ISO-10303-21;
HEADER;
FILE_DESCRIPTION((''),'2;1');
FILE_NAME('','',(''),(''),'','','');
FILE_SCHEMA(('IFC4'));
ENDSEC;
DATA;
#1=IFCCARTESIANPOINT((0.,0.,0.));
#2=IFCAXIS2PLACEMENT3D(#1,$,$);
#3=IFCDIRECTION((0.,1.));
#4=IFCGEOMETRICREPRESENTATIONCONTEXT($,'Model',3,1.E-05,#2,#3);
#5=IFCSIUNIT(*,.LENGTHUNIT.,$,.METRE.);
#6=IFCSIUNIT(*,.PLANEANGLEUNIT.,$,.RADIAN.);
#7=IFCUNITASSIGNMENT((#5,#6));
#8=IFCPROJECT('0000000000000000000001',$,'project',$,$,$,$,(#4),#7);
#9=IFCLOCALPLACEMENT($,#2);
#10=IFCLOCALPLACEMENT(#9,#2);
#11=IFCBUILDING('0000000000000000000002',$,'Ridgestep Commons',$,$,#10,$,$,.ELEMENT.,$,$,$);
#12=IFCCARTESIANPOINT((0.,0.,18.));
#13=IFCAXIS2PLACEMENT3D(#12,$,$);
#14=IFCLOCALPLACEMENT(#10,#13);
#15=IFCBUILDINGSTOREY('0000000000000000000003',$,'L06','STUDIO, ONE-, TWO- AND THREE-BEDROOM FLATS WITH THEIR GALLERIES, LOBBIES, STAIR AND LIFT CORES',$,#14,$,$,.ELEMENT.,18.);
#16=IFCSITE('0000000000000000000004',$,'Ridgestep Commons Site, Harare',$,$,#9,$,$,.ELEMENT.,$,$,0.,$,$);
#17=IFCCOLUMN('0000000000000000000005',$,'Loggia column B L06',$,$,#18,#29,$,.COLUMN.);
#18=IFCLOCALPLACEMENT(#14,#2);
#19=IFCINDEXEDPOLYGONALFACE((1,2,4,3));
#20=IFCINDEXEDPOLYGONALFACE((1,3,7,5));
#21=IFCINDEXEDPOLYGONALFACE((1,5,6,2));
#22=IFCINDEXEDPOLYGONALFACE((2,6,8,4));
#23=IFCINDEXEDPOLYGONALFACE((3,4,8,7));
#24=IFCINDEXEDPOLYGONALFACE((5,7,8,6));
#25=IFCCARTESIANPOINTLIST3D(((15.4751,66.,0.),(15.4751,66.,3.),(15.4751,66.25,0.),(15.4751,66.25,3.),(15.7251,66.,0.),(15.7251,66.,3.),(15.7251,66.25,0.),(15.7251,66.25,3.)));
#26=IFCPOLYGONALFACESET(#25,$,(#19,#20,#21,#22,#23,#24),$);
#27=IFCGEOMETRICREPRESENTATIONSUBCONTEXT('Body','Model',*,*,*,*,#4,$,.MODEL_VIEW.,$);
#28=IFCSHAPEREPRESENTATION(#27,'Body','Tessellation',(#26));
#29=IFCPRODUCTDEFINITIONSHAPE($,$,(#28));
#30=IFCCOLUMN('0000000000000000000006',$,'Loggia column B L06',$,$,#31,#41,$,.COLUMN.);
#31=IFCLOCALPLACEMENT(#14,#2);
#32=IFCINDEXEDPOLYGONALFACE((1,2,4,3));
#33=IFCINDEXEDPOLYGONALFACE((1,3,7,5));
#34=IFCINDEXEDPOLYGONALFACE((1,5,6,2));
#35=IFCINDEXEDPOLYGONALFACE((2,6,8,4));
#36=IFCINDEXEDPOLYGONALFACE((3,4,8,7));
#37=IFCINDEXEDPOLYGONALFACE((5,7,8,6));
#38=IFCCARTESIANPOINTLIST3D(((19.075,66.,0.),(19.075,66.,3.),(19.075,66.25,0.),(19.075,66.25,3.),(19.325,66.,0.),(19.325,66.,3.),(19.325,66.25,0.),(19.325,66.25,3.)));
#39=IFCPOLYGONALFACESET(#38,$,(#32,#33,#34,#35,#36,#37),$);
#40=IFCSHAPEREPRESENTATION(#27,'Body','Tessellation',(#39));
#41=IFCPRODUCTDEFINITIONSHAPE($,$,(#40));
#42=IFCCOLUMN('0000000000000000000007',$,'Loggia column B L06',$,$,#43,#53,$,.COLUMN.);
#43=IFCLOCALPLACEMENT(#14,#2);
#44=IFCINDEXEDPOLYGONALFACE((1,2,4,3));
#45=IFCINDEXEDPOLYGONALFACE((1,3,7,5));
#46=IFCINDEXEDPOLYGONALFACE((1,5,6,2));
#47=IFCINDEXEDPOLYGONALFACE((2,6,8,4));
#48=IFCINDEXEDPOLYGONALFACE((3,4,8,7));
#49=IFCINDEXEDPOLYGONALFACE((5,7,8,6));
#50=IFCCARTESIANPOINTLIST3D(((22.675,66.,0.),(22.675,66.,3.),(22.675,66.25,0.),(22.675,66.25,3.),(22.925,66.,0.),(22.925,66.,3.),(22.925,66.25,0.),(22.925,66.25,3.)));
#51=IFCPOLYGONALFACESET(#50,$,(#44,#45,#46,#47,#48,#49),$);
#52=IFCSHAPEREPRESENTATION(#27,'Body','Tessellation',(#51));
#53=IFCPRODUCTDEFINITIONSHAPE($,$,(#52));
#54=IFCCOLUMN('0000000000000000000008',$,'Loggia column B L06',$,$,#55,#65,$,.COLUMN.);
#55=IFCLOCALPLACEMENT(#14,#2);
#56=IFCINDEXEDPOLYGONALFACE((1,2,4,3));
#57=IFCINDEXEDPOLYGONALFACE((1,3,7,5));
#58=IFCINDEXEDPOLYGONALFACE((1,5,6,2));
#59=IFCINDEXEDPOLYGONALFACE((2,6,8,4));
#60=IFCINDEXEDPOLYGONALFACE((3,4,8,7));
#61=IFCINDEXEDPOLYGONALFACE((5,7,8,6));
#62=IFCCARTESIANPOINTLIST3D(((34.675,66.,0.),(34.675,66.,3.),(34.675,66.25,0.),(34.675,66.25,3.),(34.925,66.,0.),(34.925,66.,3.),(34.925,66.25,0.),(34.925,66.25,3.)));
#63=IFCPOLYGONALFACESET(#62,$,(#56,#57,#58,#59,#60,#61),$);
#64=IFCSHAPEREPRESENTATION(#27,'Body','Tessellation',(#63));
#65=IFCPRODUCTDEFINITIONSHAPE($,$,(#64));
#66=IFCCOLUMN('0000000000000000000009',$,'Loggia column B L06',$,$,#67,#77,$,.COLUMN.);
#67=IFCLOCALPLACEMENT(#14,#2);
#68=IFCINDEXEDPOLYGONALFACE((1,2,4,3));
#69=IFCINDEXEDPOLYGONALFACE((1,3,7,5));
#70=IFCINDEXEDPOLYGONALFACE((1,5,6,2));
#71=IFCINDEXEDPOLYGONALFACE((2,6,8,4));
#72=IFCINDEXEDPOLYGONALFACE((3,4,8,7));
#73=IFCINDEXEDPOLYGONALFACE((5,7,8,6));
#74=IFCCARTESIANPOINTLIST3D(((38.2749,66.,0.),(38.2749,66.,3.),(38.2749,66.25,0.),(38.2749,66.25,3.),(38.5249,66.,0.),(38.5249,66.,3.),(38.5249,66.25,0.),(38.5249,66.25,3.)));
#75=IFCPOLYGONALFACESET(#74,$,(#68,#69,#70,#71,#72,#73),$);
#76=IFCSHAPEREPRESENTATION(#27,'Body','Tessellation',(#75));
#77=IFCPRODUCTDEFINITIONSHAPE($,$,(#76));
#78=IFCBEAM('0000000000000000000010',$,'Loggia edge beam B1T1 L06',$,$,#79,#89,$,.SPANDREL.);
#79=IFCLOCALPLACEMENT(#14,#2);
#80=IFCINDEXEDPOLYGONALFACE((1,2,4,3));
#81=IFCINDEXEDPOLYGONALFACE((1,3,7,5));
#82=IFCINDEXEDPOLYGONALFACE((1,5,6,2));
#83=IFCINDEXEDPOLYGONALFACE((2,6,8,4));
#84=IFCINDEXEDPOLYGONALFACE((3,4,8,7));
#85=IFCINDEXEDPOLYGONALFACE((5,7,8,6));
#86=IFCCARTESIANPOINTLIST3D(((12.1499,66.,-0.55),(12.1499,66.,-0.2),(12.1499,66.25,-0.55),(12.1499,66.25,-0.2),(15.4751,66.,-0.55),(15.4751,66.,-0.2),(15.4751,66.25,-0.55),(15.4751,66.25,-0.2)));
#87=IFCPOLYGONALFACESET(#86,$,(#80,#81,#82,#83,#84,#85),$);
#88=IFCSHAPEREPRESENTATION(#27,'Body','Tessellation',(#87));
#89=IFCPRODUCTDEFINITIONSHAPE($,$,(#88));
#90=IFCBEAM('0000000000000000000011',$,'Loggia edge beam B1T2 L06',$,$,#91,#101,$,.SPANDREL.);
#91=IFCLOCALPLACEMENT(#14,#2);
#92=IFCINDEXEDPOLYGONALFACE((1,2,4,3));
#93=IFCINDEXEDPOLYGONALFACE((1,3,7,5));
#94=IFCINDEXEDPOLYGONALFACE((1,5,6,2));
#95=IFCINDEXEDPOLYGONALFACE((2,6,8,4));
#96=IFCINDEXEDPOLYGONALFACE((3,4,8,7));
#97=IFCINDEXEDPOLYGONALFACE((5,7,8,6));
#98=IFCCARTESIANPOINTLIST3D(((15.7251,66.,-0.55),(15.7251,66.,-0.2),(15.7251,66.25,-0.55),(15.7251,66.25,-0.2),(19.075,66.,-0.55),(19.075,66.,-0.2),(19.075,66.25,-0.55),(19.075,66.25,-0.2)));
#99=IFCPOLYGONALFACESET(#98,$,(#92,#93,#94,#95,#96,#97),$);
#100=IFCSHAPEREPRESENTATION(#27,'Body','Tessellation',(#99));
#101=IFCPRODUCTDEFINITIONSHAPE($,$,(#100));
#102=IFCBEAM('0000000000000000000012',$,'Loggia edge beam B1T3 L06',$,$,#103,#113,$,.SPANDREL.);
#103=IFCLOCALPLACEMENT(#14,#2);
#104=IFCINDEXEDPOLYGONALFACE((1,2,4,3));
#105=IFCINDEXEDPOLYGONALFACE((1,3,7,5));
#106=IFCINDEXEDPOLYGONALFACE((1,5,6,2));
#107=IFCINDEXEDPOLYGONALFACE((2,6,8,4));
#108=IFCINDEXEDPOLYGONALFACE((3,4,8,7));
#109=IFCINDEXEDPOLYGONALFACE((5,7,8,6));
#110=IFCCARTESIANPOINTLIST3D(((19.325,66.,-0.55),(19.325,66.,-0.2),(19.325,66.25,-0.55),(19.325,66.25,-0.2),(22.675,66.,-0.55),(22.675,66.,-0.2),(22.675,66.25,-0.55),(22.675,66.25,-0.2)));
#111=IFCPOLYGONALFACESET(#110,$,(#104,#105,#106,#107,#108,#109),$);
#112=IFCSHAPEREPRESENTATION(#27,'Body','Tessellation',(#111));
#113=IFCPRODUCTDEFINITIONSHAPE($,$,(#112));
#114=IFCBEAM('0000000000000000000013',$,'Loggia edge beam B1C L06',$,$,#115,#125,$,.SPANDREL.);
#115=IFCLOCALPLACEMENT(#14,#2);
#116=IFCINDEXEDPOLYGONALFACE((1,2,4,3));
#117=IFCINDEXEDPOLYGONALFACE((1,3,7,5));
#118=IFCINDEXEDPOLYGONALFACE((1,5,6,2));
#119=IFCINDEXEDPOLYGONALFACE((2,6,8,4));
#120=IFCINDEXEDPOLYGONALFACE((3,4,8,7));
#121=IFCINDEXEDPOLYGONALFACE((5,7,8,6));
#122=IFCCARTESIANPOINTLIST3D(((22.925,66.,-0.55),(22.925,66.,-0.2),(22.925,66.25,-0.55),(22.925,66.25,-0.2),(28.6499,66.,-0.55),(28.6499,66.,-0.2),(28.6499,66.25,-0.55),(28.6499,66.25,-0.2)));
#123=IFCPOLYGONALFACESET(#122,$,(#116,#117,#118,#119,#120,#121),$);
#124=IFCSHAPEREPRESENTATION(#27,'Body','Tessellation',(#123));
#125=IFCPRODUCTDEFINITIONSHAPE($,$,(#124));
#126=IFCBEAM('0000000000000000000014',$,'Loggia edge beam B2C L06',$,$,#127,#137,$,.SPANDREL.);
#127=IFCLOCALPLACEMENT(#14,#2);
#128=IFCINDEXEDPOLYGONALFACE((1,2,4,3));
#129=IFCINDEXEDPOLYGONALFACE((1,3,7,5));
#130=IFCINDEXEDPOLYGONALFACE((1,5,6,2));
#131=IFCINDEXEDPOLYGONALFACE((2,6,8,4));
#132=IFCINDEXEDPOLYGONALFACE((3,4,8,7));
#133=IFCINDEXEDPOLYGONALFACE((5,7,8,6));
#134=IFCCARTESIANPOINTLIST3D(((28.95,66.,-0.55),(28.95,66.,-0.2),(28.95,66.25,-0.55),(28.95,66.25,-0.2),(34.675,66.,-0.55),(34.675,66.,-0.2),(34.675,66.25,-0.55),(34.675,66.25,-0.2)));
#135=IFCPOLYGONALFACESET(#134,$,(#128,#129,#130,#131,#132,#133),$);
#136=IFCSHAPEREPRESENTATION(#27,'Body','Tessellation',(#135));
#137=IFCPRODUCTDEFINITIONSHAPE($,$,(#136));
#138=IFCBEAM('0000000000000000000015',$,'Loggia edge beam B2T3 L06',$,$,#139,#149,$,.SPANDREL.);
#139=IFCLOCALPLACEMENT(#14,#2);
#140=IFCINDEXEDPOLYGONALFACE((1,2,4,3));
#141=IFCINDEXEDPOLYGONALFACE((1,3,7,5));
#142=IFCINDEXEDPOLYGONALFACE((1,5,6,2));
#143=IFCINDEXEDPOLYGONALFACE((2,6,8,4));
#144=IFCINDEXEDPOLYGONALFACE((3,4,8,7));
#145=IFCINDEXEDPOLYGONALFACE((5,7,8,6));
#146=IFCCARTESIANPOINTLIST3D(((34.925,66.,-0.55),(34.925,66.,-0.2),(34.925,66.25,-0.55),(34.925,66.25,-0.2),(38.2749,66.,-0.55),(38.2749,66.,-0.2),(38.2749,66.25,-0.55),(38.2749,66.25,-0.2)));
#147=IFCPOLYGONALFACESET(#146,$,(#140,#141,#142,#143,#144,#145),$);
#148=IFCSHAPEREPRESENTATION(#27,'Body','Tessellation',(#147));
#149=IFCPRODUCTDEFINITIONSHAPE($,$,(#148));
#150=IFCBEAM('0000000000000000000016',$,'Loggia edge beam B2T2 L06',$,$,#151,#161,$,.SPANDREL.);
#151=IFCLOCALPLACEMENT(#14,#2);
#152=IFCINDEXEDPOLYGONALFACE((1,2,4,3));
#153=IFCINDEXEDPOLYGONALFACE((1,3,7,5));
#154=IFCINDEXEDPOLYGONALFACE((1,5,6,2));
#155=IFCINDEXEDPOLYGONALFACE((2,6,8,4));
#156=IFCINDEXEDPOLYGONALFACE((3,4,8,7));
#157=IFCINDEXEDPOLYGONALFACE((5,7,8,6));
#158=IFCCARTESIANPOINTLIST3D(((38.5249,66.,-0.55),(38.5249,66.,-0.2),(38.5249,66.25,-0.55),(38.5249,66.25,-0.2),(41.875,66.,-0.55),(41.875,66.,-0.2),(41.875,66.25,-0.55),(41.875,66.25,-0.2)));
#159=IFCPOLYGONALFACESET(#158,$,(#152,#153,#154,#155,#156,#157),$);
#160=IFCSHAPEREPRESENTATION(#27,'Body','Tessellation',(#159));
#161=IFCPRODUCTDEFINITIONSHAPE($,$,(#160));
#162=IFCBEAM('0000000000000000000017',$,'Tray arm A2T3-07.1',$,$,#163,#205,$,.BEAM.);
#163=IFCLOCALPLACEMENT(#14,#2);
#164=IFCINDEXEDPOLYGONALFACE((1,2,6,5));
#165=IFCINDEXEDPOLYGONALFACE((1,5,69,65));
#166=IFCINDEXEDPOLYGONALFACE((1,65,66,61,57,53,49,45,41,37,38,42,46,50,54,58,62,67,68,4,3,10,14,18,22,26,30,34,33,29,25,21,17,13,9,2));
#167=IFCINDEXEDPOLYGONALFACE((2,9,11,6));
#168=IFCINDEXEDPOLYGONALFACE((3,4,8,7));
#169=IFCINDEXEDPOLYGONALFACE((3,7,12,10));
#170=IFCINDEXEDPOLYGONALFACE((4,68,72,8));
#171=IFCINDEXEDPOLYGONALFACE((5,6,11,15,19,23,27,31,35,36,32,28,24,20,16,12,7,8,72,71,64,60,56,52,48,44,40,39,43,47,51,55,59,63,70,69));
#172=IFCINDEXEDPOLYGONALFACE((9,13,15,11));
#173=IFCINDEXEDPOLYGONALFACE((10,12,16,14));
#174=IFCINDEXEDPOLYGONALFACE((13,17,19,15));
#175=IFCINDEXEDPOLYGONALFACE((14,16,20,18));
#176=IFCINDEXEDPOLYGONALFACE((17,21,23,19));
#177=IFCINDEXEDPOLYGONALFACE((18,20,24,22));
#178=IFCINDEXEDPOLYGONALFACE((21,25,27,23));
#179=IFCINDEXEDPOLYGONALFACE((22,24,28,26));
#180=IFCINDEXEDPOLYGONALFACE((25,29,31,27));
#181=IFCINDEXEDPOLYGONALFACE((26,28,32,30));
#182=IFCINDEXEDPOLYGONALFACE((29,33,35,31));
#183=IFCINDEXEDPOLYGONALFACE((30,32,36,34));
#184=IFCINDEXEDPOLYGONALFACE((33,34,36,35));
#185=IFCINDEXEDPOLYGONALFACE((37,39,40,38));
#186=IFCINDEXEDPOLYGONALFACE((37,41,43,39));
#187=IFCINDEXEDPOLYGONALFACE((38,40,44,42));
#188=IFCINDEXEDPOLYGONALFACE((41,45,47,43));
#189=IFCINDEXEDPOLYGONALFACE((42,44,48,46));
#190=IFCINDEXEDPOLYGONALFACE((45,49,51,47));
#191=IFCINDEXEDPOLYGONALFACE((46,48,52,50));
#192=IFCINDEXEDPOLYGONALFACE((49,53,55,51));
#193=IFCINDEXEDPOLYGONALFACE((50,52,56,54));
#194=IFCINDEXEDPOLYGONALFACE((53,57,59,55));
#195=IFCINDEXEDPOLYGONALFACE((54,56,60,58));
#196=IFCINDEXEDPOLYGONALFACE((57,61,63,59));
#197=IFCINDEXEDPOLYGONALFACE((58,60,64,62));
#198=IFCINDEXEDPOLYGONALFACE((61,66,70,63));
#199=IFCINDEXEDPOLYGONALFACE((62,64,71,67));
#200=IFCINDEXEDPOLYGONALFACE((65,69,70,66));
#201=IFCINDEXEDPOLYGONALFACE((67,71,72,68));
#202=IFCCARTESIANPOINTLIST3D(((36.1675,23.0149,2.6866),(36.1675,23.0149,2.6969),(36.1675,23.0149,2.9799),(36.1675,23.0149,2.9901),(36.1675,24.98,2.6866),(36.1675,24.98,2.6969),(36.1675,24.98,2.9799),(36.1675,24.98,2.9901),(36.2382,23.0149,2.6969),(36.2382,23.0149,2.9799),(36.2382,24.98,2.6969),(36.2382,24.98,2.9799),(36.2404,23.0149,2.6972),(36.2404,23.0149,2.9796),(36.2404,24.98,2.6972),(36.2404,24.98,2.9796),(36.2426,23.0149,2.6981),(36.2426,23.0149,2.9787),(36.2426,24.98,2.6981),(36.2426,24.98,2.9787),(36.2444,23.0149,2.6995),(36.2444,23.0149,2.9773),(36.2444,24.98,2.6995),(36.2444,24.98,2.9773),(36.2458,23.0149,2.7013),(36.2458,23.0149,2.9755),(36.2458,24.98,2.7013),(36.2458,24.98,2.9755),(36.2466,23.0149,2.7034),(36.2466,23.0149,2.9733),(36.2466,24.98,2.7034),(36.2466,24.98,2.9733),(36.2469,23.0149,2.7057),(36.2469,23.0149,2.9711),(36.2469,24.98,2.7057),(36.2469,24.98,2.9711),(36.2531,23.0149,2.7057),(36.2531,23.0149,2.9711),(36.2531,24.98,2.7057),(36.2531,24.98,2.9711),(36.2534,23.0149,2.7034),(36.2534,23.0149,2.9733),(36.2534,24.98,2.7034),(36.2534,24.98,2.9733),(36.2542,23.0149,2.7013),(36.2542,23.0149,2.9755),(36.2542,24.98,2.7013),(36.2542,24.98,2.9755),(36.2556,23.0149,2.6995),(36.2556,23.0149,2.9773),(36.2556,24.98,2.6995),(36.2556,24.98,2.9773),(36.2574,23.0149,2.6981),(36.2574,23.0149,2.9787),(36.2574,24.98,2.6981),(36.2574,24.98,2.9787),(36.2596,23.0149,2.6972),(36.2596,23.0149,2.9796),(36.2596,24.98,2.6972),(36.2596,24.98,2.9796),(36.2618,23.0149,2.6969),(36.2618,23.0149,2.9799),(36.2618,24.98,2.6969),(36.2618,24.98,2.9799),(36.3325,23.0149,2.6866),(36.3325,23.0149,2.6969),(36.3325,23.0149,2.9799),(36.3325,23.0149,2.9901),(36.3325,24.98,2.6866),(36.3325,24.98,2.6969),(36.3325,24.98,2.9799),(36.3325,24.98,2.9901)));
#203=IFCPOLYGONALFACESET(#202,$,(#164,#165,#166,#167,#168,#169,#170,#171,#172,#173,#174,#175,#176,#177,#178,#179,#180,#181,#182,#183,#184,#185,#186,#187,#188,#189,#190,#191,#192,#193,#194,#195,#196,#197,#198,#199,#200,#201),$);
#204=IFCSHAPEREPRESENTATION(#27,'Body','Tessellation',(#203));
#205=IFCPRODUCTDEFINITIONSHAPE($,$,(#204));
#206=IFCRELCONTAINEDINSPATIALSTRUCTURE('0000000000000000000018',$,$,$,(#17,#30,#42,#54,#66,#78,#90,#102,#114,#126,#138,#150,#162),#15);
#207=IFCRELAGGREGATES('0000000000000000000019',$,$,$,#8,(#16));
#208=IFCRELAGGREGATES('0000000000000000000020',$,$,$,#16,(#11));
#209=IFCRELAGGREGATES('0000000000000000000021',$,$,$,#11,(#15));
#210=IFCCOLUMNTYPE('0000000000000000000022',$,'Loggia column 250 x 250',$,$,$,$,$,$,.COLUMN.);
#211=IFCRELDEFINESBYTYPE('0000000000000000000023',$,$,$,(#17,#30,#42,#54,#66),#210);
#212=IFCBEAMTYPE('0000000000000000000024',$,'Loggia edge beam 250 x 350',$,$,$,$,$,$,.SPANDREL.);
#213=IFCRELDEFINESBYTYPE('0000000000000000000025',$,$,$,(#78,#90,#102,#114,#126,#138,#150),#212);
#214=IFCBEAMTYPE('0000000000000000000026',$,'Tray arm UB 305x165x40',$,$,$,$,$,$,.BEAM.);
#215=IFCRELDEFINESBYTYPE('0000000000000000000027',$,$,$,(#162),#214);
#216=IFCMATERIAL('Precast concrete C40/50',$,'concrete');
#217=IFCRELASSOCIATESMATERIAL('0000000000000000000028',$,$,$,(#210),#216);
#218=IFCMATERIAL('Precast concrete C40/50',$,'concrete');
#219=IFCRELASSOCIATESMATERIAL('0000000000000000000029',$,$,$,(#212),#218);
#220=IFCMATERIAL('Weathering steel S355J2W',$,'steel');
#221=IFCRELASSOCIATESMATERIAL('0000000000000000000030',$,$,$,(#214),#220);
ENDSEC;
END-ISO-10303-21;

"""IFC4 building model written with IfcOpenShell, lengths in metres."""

from ifc_helpers import new_model, si_unit, direction, frame, origin, origin_2d, place, context, subcontext, project, spatial, rectangle, i_section, extrude, material, material_profile, profile_set, type_object, element, save


model = new_model("IFC4")

# Units and contexts
model_context = context("Model", 3, precision=1e-05, world=origin(), true_north=direction((0.0, 1.0)))
body_context = subcontext(model_context, "Body", "Model", "MODEL_VIEW")
ifc_project = project(units=[si_unit("LENGTHUNIT", "METRE"), si_unit("PLANEANGLEUNIT", "RADIAN")], contexts=[model_context])

# Site, building, storey
site_placement = place(None, origin())
site = spatial("IfcSite", under=ifc_project, at=site_placement, Name="Ridgestep Commons Site, Harare", CompositionType="ELEMENT", RefElevation=0.0)
building_placement = place(site_placement, origin())
building = spatial("IfcBuilding", under=site, at=building_placement, Name="Ridgestep Commons", CompositionType="ELEMENT")
storey_placement = place(building_placement, frame((0.0, 0.0, 18.0)))
storey = spatial("IfcBuildingStorey", under=building, at=storey_placement, Name="L06", Description="STUDIO, ONE-, TWO- AND THREE-BEDROOM FLATS WITH THEIR GALLERIES, LOBBIES, STAIR AND LIFT CORES", CompositionType="ELEMENT", Elevation=18.0)

# Columns
ifc_material_1 = material(Name="Precast concrete C40/50", Category="concrete")
ifc_material_profile_1 = material_profile(ifc_material_1, rectangle(XDim=0.25, YDim=0.25, at=origin_2d()), Name="PC 250x250")
ifc_profile_set_1 = profile_set([ifc_material_profile_1], Name="Precast concrete C40/50")
column_type = type_object("IfcColumnType", Name="Loggia column 250 x 250", PredefinedType="COLUMN", material=ifc_profile_set_1)
for number, where, z_axis, x_axis, name in (
    (1, (15.6001, 66.125, 0.0), (0.0, 0.0, 1.0), (1.0, 0.0, 0.0), "Loggia column B L06"),
    (2, (19.2, 66.125, 0.0), (0.0, 0.0, 1.0), (1.0, 0.0, 0.0), "Loggia column B L06"),
    (3, (22.8, 66.125, 0.0), (0.0, 0.0, 1.0), (1.0, 0.0, 0.0), "Loggia column B L06"),
    (4, (34.8, 66.125, 0.0), (0.0, 0.0, 1.0), (1.0, 0.0, 0.0), "Loggia column B L06"),
    (5, (38.3999, 66.125, 0.0), (0.0, 0.0, 1.0), (1.0, 0.0, 0.0), "Loggia column B L06"),
):
    element("IfcColumn", number, at=place(storey_placement, frame(where, z_axis=z_axis, x_axis=x_axis)), inside=storey, type_object=column_type, Name=name, PredefinedType="COLUMN", context=body_context, shape_type="SweptSolid", body=[
        extrude(rectangle(XDim=0.25, YDim=0.25, at=origin_2d()), origin(), (0.0, 0.0, 1.0), 3.0),
    ])

# Beams
ifc_material_2 = material(Name="Precast concrete C40/50", Category="concrete")
ifc_material_profile_2 = material_profile(ifc_material_2, rectangle(XDim=0.25, YDim=0.3501, at=origin_2d()), Name="PC 250x350")
ifc_profile_set_2 = profile_set([ifc_material_profile_2], Name="Precast concrete C40/50")
beam_type_1 = type_object("IfcBeamType", Name="Loggia edge beam 250 x 350", PredefinedType="SPANDREL", material=ifc_profile_set_2)
beam_1_placement = place(storey_placement, frame((12.1499, 66.125, -0.375), z_axis=(1.0, 0.0, 0.0), x_axis=(0.0, 1.0, 0.0)))
element("IfcBeam", 6, at=beam_1_placement, inside=storey, type_object=beam_type_1, Name="Loggia edge beam B1T1 L06", PredefinedType="SPANDREL", context=body_context, shape_type="SweptSolid", body=[
    extrude(rectangle(XDim=0.25, YDim=0.3501, at=origin_2d()), origin(), (0.0, 0.0, 1.0), 3.3252),
])
beam_2_placement = place(storey_placement, frame((15.7251, 66.125, -0.375), z_axis=(1.0, 0.0, 0.0), x_axis=(0.0, 1.0, 0.0)))
element("IfcBeam", 7, at=beam_2_placement, inside=storey, type_object=beam_type_1, Name="Loggia edge beam B1T2 L06", PredefinedType="SPANDREL", context=body_context, shape_type="SweptSolid", body=[
    extrude(rectangle(XDim=0.25, YDim=0.3501, at=origin_2d()), origin(), (0.0, 0.0, 1.0), 3.3499),
])
beam_3_placement = place(storey_placement, frame((19.325, 66.125, -0.375), z_axis=(1.0, 0.0, 0.0), x_axis=(0.0, 1.0, 0.0)))
element("IfcBeam", 8, at=beam_3_placement, inside=storey, type_object=beam_type_1, Name="Loggia edge beam B1T3 L06", PredefinedType="SPANDREL", context=body_context, shape_type="SweptSolid", body=[
    extrude(rectangle(XDim=0.25, YDim=0.3501, at=origin_2d()), origin(), (0.0, 0.0, 1.0), 3.3501),
])
beam_4_placement = place(storey_placement, frame((22.925, 66.125, -0.375), z_axis=(1.0, 0.0, 0.0), x_axis=(0.0, 1.0, 0.0)))
element("IfcBeam", 9, at=beam_4_placement, inside=storey, type_object=beam_type_1, Name="Loggia edge beam B1C L06", PredefinedType="SPANDREL", context=body_context, shape_type="SweptSolid", body=[
    extrude(rectangle(XDim=0.25, YDim=0.3501, at=origin_2d()), origin(), (0.0, 0.0, 1.0), 5.7249),
])
beam_5_placement = place(storey_placement, frame((28.95, 66.125, -0.375), z_axis=(1.0, 0.0, 0.0), x_axis=(0.0, 1.0, 0.0)))
element("IfcBeam", 10, at=beam_5_placement, inside=storey, type_object=beam_type_1, Name="Loggia edge beam B2C L06", PredefinedType="SPANDREL", context=body_context, shape_type="SweptSolid", body=[
    extrude(rectangle(XDim=0.25, YDim=0.3501, at=origin_2d()), origin(), (0.0, 0.0, 1.0), 5.7251),
])
beam_6_placement = place(storey_placement, frame((34.925, 66.125, -0.375), z_axis=(1.0, 0.0, 0.0), x_axis=(0.0, 1.0, 0.0)))
element("IfcBeam", 11, at=beam_6_placement, inside=storey, type_object=beam_type_1, Name="Loggia edge beam B2T3 L06", PredefinedType="SPANDREL", context=body_context, shape_type="SweptSolid", body=[
    extrude(rectangle(XDim=0.25, YDim=0.3501, at=origin_2d()), origin(), (0.0, 0.0, 1.0), 3.3499),
])
beam_7_placement = place(storey_placement, frame((38.5249, 66.125, -0.375), z_axis=(1.0, 0.0, 0.0), x_axis=(0.0, 1.0, 0.0)))
element("IfcBeam", 12, at=beam_7_placement, inside=storey, type_object=beam_type_1, Name="Loggia edge beam B2T2 L06", PredefinedType="SPANDREL", context=body_context, shape_type="SweptSolid", body=[
    extrude(rectangle(XDim=0.25, YDim=0.3501, at=origin_2d()), origin(), (0.0, 0.0, 1.0), 3.3501),
])
ifc_material_3 = material(Name="Weathering steel S355J2W", Category="steel")
ifc_material_profile_3 = material_profile(ifc_material_3, i_section(OverallWidth=0.165, OverallDepth=0.3035, WebThickness=0.0061, FlangeThickness=0.0103, FilletRadius=0.0088, at=origin_2d()), Name="UB 305x165x40")
ifc_profile_set_3 = profile_set([ifc_material_profile_3], Name="Weathering steel S355J2W")
beam_type_2 = type_object("IfcBeamType", Name="Tray arm UB 305x165x40", PredefinedType="BEAM", material=ifc_profile_set_3)
for number, where, z_axis, x_axis, name in (
    (13, (36.25, 23.0149, 2.8384), (0.0, 1.0, 0.0), (-1.0, 0.0, 0.0), "Tray arm A2T3-07.1"),
):
    element("IfcBeam", number, at=place(storey_placement, frame(where, z_axis=z_axis, x_axis=x_axis)), inside=storey, type_object=beam_type_2, Name=name, PredefinedType="BEAM", context=body_context, shape_type="SweptSolid", body=[
        extrude(i_section(OverallWidth=0.165, OverallDepth=0.3035, WebThickness=0.0061, FlangeThickness=0.0103, FilletRadius=0.0088, at=origin_2d()), origin(), (0.0, 0.0, 1.0), 1.9651),
    ])

save(model, "model.ifc")
